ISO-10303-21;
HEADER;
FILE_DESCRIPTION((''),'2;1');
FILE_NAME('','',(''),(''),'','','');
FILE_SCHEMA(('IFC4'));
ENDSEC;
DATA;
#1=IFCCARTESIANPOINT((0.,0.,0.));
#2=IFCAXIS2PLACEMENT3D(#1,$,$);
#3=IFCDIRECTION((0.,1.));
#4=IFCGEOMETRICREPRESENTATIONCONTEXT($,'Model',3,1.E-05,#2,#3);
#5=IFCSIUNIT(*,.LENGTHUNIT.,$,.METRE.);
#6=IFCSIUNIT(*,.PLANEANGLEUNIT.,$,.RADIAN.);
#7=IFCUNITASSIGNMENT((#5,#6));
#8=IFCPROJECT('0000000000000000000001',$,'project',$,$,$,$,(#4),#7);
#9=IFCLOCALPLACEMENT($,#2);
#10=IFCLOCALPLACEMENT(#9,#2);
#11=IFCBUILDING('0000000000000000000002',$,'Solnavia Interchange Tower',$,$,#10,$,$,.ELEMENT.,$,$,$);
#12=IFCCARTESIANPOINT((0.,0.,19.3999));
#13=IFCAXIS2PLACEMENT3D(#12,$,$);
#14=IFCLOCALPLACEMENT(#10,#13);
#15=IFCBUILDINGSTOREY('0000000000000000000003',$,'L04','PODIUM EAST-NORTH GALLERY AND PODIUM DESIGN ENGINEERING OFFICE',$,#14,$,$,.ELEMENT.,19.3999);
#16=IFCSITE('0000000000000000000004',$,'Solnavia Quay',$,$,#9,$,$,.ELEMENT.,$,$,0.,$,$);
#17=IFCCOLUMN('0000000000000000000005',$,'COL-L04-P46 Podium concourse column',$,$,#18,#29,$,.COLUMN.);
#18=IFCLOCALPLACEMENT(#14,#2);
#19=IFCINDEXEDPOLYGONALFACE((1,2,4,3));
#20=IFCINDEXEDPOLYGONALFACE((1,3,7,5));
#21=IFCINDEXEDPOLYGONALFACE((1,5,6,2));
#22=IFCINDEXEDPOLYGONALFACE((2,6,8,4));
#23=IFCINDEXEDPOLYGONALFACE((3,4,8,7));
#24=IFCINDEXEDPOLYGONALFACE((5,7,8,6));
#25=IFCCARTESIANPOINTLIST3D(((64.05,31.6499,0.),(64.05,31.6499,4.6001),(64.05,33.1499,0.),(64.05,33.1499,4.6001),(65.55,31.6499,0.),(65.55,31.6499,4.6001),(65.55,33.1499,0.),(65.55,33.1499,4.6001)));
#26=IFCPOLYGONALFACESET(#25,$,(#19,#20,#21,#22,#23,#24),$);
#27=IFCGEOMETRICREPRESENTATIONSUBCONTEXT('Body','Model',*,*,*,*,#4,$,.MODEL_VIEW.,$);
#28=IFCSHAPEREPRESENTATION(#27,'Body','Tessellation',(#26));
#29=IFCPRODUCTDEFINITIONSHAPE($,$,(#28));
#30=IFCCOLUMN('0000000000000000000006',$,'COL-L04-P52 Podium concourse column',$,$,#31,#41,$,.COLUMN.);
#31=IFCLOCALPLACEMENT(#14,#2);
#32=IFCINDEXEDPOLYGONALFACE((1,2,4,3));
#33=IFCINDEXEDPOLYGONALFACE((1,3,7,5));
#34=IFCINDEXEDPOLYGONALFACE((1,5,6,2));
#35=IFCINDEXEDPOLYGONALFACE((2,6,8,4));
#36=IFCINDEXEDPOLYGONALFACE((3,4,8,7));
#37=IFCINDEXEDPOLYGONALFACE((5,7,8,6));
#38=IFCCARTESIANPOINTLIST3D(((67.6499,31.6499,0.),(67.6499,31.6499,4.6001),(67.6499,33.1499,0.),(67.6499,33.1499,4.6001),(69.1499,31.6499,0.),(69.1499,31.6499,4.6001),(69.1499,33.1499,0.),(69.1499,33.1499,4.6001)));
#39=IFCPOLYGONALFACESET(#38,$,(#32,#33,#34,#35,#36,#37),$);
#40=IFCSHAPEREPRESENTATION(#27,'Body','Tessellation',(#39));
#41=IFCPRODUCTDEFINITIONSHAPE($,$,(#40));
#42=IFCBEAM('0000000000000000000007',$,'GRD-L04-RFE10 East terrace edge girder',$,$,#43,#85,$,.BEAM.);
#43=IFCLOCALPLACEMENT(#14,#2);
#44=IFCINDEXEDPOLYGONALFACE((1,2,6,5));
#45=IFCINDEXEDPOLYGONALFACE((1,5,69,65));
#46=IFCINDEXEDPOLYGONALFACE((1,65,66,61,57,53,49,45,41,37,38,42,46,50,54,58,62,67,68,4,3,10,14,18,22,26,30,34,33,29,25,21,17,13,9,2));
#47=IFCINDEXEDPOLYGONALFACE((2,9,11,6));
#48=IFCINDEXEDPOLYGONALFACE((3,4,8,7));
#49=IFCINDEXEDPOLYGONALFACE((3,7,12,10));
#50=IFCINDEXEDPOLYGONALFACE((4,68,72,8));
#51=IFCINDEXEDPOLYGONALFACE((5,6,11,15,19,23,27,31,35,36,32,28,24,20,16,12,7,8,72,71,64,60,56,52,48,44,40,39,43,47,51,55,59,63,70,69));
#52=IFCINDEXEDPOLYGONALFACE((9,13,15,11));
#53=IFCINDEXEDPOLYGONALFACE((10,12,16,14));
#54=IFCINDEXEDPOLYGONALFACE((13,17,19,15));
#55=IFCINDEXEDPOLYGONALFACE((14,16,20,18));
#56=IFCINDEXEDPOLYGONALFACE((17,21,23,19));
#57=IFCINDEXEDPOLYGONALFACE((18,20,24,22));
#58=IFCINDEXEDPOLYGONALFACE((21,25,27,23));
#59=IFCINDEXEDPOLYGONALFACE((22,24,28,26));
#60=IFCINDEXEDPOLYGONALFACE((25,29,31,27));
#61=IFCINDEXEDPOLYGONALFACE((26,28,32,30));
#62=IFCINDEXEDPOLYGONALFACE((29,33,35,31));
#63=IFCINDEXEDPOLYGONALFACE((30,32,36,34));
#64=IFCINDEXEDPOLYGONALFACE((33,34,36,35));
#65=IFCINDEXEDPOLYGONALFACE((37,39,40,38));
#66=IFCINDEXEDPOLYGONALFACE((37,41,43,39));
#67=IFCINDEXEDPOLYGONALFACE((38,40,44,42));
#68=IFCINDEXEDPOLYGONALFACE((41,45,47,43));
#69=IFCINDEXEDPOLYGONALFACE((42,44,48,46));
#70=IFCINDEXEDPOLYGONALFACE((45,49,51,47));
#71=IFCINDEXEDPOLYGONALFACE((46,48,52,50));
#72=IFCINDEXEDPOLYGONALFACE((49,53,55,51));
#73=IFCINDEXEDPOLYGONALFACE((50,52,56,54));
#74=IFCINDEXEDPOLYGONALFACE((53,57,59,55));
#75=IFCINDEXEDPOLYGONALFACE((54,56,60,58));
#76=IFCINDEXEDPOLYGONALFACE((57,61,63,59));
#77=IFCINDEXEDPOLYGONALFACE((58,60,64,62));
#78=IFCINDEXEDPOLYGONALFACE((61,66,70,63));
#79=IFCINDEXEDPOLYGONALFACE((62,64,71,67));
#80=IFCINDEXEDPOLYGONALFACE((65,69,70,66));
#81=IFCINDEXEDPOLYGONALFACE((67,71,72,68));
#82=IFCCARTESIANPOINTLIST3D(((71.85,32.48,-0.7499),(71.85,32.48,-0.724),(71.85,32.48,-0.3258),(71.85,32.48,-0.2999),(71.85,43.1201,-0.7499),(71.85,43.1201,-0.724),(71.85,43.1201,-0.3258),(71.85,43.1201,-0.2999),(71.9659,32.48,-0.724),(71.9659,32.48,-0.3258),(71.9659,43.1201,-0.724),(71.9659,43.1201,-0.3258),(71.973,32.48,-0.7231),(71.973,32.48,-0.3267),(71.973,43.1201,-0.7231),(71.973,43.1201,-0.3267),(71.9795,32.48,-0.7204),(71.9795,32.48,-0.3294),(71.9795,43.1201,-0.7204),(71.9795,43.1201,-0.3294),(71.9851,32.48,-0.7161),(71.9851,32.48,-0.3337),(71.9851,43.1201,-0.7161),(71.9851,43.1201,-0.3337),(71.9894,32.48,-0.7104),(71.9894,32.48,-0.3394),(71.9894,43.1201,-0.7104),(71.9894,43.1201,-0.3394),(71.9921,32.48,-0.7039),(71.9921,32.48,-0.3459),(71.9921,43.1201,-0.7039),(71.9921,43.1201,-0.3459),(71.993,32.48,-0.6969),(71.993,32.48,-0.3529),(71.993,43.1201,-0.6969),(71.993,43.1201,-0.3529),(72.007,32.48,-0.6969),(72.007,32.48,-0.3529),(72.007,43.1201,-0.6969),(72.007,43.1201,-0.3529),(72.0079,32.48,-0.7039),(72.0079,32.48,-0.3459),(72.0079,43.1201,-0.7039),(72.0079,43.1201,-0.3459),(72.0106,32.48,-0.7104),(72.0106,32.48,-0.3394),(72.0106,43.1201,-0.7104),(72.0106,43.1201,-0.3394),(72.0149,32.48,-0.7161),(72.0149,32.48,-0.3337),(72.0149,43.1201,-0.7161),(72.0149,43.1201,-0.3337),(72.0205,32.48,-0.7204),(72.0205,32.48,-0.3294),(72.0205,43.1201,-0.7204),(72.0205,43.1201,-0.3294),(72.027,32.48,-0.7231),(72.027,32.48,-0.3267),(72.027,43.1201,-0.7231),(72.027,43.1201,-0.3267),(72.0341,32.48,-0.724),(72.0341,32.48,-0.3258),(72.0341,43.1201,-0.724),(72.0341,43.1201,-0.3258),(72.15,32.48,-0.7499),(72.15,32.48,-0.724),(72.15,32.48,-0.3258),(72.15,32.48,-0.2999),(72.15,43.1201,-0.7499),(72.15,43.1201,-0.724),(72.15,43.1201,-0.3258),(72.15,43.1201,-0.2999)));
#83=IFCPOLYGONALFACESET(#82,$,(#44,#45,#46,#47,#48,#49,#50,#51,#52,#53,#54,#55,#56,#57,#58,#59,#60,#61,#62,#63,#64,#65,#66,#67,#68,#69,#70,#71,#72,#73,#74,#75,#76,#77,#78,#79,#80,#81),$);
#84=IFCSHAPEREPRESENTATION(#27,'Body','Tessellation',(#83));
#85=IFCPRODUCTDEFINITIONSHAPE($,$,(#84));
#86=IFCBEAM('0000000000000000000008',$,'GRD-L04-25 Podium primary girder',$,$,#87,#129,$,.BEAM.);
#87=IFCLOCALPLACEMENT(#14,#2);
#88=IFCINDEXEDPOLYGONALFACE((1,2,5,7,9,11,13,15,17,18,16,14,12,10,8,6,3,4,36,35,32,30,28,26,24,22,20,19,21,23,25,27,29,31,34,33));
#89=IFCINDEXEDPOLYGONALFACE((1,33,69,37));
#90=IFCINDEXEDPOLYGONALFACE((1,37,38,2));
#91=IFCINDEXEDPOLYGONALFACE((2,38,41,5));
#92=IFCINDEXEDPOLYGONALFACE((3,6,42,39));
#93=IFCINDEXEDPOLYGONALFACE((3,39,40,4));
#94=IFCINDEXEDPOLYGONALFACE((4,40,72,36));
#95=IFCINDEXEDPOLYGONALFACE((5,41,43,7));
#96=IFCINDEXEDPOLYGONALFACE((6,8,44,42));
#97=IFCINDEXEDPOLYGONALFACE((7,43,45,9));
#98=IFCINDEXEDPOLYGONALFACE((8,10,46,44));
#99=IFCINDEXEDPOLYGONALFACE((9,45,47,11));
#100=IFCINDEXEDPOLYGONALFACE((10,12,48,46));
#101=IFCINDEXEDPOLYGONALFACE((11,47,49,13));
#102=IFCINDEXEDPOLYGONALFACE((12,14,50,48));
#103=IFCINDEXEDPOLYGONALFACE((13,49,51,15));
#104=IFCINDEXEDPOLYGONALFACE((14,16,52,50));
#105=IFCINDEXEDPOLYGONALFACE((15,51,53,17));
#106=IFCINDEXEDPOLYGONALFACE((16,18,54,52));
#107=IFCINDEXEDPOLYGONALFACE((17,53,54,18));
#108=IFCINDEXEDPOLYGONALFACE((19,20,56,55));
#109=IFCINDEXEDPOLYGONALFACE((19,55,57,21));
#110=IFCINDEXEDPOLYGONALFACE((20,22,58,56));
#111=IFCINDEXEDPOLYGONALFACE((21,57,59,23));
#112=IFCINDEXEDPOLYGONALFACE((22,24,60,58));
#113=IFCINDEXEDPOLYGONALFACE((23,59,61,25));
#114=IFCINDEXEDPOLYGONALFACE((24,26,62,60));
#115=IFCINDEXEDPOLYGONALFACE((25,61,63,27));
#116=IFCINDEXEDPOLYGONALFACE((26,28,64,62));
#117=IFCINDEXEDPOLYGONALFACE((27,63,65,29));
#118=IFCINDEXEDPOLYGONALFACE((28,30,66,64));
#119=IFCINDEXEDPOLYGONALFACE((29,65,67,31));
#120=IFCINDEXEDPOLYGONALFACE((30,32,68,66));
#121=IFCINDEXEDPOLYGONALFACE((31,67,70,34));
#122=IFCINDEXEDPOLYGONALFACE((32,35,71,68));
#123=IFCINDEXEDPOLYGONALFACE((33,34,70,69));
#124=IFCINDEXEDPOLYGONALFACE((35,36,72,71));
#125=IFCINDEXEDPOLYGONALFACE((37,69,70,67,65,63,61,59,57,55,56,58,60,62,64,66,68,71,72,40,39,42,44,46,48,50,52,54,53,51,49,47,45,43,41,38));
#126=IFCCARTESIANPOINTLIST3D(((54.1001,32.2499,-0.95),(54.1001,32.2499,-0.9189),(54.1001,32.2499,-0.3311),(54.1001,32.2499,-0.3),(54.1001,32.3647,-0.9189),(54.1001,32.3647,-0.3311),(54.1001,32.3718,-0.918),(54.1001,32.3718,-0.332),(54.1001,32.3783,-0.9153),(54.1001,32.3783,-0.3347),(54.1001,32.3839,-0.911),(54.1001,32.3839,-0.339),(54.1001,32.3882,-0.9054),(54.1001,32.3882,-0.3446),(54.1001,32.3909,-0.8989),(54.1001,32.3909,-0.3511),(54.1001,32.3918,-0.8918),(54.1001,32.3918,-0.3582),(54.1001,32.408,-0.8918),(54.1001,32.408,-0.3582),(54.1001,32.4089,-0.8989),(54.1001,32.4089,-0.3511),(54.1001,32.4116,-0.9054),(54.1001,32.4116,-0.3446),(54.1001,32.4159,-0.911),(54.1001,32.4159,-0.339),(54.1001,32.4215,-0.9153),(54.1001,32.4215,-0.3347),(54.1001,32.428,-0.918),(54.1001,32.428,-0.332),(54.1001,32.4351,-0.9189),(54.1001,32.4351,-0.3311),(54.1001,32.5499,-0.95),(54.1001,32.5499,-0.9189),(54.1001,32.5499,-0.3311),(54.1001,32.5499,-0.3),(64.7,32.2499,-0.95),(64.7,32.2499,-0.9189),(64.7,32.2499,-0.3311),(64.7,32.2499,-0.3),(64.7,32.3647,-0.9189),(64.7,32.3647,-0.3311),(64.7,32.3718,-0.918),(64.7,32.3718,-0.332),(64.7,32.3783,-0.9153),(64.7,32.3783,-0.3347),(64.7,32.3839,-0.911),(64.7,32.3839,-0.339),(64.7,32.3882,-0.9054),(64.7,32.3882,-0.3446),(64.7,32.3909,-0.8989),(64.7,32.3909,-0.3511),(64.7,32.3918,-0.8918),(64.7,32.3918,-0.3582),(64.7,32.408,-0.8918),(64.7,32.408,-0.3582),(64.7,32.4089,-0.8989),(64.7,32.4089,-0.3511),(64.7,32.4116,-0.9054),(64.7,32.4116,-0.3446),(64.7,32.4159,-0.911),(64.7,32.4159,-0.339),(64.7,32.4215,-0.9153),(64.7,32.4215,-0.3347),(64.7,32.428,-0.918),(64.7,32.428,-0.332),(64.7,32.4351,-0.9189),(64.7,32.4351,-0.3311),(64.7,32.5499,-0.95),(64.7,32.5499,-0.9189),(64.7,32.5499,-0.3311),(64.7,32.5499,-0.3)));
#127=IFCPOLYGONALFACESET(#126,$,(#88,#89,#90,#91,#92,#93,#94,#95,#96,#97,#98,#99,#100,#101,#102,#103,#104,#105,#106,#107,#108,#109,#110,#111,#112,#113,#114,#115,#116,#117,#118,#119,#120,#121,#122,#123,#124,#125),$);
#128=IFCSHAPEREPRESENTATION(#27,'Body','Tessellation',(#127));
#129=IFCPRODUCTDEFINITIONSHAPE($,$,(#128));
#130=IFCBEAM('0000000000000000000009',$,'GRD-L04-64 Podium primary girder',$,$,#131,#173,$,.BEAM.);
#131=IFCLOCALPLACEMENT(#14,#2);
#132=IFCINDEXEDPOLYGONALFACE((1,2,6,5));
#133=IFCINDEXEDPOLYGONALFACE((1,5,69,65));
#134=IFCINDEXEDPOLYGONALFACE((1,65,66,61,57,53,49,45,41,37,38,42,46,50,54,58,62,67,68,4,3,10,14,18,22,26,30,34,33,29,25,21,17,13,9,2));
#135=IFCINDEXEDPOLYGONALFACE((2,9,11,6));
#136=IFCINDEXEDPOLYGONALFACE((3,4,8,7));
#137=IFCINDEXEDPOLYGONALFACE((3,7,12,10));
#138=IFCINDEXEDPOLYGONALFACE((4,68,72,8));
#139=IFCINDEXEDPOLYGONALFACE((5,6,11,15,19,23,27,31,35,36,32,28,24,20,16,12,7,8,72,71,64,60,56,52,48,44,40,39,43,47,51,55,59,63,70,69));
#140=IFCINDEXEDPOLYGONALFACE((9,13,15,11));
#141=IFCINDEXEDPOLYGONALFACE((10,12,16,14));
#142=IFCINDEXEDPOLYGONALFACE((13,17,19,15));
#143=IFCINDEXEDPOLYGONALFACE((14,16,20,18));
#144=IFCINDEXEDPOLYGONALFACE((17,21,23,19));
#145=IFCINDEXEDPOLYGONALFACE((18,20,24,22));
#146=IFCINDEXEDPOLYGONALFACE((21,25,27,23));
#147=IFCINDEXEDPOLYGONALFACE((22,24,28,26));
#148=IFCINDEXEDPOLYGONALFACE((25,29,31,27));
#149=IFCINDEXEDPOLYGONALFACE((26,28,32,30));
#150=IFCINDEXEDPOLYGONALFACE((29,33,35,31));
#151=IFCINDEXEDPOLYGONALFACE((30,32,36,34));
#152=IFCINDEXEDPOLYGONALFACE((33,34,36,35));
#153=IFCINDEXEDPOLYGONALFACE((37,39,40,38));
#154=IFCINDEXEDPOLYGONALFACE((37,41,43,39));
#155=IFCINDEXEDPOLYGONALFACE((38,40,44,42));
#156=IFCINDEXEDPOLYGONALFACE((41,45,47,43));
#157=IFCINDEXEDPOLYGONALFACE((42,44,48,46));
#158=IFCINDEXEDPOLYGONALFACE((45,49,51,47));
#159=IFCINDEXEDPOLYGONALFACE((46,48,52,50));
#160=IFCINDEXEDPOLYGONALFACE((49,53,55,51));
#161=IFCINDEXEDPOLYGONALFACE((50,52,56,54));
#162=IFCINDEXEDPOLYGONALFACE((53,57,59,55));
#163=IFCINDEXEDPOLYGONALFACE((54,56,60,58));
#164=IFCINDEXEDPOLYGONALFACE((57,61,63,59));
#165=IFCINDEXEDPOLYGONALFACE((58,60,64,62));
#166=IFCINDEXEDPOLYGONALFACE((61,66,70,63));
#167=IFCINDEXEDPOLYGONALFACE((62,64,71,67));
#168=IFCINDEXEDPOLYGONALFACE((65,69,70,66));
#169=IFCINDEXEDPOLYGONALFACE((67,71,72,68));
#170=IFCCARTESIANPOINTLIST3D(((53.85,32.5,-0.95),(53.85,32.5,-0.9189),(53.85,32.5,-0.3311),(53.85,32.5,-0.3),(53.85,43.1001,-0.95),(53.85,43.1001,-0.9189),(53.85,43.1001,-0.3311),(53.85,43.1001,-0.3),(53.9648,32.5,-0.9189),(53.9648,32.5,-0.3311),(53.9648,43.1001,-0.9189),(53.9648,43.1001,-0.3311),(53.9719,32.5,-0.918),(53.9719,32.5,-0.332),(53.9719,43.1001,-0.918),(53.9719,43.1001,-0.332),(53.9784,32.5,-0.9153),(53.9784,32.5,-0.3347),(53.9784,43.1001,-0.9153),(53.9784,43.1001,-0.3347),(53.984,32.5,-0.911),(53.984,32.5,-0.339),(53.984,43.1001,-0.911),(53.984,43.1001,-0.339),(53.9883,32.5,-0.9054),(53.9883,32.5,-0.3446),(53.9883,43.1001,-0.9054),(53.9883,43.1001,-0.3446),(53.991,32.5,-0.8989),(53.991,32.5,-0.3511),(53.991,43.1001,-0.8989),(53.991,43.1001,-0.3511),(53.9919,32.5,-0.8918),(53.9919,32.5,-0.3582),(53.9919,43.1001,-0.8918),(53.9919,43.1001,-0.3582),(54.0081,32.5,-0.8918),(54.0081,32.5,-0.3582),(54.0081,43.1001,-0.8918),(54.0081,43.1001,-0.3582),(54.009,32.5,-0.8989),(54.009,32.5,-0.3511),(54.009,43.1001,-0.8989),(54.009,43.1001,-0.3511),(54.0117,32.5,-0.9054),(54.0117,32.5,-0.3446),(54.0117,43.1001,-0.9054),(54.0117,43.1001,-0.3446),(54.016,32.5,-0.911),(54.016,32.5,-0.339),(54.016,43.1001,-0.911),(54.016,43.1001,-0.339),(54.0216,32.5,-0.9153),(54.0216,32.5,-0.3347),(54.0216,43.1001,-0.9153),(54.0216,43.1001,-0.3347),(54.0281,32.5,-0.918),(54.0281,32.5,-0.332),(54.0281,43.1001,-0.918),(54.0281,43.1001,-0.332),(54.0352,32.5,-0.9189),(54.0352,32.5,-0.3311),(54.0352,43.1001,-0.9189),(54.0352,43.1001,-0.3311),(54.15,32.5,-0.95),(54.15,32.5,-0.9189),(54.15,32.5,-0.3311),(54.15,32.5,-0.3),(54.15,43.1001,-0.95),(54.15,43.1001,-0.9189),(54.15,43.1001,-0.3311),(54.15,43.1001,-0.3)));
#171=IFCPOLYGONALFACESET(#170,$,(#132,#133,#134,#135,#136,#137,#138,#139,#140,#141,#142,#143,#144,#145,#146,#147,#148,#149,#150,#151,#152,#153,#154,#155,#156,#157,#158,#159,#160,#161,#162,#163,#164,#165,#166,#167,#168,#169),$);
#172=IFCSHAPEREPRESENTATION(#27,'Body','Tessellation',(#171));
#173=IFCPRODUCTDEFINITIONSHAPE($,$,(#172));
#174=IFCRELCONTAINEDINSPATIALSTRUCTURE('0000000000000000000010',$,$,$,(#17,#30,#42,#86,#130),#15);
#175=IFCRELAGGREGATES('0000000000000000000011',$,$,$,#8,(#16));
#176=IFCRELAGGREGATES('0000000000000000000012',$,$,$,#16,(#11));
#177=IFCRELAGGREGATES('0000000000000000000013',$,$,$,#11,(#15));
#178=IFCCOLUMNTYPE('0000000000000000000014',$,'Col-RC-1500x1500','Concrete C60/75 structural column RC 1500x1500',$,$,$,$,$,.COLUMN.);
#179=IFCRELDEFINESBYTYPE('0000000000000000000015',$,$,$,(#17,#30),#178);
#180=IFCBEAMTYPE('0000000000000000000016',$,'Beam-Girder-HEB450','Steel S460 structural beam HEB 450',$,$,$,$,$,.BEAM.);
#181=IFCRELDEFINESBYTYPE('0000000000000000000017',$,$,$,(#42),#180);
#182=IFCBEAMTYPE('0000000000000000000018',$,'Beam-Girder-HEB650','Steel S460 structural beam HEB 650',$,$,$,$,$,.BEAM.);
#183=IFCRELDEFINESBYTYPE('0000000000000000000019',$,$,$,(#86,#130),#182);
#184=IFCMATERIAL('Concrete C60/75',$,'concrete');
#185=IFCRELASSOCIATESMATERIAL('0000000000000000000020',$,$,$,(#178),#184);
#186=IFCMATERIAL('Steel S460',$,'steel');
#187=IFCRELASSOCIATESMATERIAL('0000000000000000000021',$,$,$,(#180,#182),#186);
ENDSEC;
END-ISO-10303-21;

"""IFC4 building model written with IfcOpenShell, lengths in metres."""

from ifc_helpers import new_model, si_unit, direction, frame, origin, origin_2d, place, context, subcontext, project, spatial, rectangle, i_section, extrude, material, material_profile, profile_set, type_object, element, save


model = new_model("IFC4")

# Units and contexts
model_context = context("Model", 3, precision=1e-05, world=origin(), true_north=direction((0.0, 1.0)))
body_context = subcontext(model_context, "Body", "Model", "MODEL_VIEW")
ifc_project = project(units=[si_unit("LENGTHUNIT", "METRE"), si_unit("PLANEANGLEUNIT", "RADIAN")], contexts=[model_context])

# Site, building, storey
site_placement = place(None, origin())
site = spatial("IfcSite", under=ifc_project, at=site_placement, Name="Solnavia Quay", CompositionType="ELEMENT", RefElevation=0.0)
building_placement = place(site_placement, origin())
building = spatial("IfcBuilding", under=site, at=building_placement, Name="Solnavia Interchange Tower", CompositionType="ELEMENT")
storey_placement = place(building_placement, frame((0.0, 0.0, 19.3999)))
storey = spatial("IfcBuildingStorey", under=building, at=storey_placement, Name="L04", Description="PODIUM EAST-NORTH GALLERY AND PODIUM DESIGN ENGINEERING OFFICE", CompositionType="ELEMENT", Elevation=19.3999)

# Columns
ifc_material_1 = material(Name="Concrete C60/75", Category="concrete")
ifc_material_profile_1 = material_profile(ifc_material_1, rectangle(XDim=1.5, YDim=1.5, at=origin_2d()), Name="RC 1500x1500")
ifc_profile_set_1 = profile_set([ifc_material_profile_1], Name="Concrete C60/75")
column_type = type_object("IfcColumnType", Name="Col-RC-1500x1500", Description="Concrete C60/75 structural column RC 1500x1500", PredefinedType="COLUMN", material=ifc_profile_set_1)
for number, where, z_axis, x_axis, name in (
    (1, (64.8, 32.3999, 0.0), (0.0, 0.0, 1.0), (1.0, 0.0, 0.0), "COL-L04-P46 Podium concourse column"),
    (2, (68.3999, 32.3999, 0.0), (0.0, 0.0, 1.0), (1.0, 0.0, 0.0), "COL-L04-P52 Podium concourse column"),
):
    element("IfcColumn", number, at=place(storey_placement, frame(where, z_axis=z_axis, x_axis=x_axis)), inside=storey, type_object=column_type, Name=name, PredefinedType="COLUMN", context=body_context, shape_type="SweptSolid", body=[
        extrude(rectangle(XDim=1.5, YDim=1.5, at=origin_2d()), origin(), (0.0, 0.0, 1.0), 4.6001),
    ])

# Beams
ifc_material_2 = material(Name="Steel S460", Category="steel")
ifc_material_profile_2 = material_profile(ifc_material_2, i_section(OverallWidth=0.3, OverallDepth=0.45, WebThickness=0.0139, FlangeThickness=0.0259, FilletRadius=0.0271, at=origin_2d()), Name="HEB 450")
ifc_profile_set_2 = profile_set([ifc_material_profile_2], Name="Steel S460")
beam_type_1 = type_object("IfcBeamType", Name="Beam-Girder-HEB450", Description="Steel S460 structural beam HEB 450", PredefinedType="BEAM", material=ifc_profile_set_2)
beam_1_placement = place(storey_placement, frame((72.0, 32.48, -0.5249), z_axis=(0.0, 1.0, 0.0), x_axis=(-1.0, 0.0, 0.0)))
element("IfcBeam", 3, at=beam_1_placement, inside=storey, type_object=beam_type_1, Name="GRD-L04-RFE10 East terrace edge girder", PredefinedType="BEAM", context=body_context, shape_type="SweptSolid", body=[
    extrude(i_section(OverallWidth=0.3, OverallDepth=0.45, WebThickness=0.0139, FlangeThickness=0.0259, FilletRadius=0.0271, at=origin_2d()), origin(), (0.0, 0.0, 1.0), 10.6401),
])
ifc_material_profile_3 = material_profile(ifc_material_2, i_section(OverallWidth=0.3, OverallDepth=0.6499, WebThickness=0.0161, FlangeThickness=0.031, FilletRadius=0.0271, at=origin_2d()), Name="HEB 650")
ifc_profile_set_3 = profile_set([ifc_material_profile_3], Name="Steel S460")
beam_type_2 = type_object("IfcBeamType", Name="Beam-Girder-HEB650", Description="Steel S460 structural beam HEB 650", PredefinedType="BEAM", material=ifc_profile_set_3)
beam_2_placement = place(storey_placement, frame((54.1001, 32.3999, -0.625), z_axis=(1.0, 0.0, 0.0), x_axis=(0.0, 1.0, 0.0)))
element("IfcBeam", 4, at=beam_2_placement, inside=storey, type_object=beam_type_2, Name="GRD-L04-25 Podium primary girder", PredefinedType="BEAM", context=body_context, shape_type="SweptSolid", body=[
    extrude(i_section(OverallWidth=0.3, OverallDepth=0.6499, WebThickness=0.0161, FlangeThickness=0.031, FilletRadius=0.0271, at=origin_2d()), origin(), (0.0, 0.0, 1.0), 10.5999),
])
for number, where, z_axis, x_axis, name in (
    (5, (54.0, 32.5, -0.625), (0.0, 1.0, 0.0), (-1.0, 0.0, 0.0), "GRD-L04-64 Podium primary girder"),
):
    element("IfcBeam", number, at=place(storey_placement, frame(where, z_axis=z_axis, x_axis=x_axis)), inside=storey, type_object=beam_type_2, Name=name, PredefinedType="BEAM", context=body_context, shape_type="SweptSolid", body=[
        extrude(i_section(OverallWidth=0.3, OverallDepth=0.6499, WebThickness=0.0161, FlangeThickness=0.031, FilletRadius=0.0271, at=origin_2d()), origin(), (0.0, 0.0, 1.0), 10.6001),
    ])

save(model, "model.ifc")
